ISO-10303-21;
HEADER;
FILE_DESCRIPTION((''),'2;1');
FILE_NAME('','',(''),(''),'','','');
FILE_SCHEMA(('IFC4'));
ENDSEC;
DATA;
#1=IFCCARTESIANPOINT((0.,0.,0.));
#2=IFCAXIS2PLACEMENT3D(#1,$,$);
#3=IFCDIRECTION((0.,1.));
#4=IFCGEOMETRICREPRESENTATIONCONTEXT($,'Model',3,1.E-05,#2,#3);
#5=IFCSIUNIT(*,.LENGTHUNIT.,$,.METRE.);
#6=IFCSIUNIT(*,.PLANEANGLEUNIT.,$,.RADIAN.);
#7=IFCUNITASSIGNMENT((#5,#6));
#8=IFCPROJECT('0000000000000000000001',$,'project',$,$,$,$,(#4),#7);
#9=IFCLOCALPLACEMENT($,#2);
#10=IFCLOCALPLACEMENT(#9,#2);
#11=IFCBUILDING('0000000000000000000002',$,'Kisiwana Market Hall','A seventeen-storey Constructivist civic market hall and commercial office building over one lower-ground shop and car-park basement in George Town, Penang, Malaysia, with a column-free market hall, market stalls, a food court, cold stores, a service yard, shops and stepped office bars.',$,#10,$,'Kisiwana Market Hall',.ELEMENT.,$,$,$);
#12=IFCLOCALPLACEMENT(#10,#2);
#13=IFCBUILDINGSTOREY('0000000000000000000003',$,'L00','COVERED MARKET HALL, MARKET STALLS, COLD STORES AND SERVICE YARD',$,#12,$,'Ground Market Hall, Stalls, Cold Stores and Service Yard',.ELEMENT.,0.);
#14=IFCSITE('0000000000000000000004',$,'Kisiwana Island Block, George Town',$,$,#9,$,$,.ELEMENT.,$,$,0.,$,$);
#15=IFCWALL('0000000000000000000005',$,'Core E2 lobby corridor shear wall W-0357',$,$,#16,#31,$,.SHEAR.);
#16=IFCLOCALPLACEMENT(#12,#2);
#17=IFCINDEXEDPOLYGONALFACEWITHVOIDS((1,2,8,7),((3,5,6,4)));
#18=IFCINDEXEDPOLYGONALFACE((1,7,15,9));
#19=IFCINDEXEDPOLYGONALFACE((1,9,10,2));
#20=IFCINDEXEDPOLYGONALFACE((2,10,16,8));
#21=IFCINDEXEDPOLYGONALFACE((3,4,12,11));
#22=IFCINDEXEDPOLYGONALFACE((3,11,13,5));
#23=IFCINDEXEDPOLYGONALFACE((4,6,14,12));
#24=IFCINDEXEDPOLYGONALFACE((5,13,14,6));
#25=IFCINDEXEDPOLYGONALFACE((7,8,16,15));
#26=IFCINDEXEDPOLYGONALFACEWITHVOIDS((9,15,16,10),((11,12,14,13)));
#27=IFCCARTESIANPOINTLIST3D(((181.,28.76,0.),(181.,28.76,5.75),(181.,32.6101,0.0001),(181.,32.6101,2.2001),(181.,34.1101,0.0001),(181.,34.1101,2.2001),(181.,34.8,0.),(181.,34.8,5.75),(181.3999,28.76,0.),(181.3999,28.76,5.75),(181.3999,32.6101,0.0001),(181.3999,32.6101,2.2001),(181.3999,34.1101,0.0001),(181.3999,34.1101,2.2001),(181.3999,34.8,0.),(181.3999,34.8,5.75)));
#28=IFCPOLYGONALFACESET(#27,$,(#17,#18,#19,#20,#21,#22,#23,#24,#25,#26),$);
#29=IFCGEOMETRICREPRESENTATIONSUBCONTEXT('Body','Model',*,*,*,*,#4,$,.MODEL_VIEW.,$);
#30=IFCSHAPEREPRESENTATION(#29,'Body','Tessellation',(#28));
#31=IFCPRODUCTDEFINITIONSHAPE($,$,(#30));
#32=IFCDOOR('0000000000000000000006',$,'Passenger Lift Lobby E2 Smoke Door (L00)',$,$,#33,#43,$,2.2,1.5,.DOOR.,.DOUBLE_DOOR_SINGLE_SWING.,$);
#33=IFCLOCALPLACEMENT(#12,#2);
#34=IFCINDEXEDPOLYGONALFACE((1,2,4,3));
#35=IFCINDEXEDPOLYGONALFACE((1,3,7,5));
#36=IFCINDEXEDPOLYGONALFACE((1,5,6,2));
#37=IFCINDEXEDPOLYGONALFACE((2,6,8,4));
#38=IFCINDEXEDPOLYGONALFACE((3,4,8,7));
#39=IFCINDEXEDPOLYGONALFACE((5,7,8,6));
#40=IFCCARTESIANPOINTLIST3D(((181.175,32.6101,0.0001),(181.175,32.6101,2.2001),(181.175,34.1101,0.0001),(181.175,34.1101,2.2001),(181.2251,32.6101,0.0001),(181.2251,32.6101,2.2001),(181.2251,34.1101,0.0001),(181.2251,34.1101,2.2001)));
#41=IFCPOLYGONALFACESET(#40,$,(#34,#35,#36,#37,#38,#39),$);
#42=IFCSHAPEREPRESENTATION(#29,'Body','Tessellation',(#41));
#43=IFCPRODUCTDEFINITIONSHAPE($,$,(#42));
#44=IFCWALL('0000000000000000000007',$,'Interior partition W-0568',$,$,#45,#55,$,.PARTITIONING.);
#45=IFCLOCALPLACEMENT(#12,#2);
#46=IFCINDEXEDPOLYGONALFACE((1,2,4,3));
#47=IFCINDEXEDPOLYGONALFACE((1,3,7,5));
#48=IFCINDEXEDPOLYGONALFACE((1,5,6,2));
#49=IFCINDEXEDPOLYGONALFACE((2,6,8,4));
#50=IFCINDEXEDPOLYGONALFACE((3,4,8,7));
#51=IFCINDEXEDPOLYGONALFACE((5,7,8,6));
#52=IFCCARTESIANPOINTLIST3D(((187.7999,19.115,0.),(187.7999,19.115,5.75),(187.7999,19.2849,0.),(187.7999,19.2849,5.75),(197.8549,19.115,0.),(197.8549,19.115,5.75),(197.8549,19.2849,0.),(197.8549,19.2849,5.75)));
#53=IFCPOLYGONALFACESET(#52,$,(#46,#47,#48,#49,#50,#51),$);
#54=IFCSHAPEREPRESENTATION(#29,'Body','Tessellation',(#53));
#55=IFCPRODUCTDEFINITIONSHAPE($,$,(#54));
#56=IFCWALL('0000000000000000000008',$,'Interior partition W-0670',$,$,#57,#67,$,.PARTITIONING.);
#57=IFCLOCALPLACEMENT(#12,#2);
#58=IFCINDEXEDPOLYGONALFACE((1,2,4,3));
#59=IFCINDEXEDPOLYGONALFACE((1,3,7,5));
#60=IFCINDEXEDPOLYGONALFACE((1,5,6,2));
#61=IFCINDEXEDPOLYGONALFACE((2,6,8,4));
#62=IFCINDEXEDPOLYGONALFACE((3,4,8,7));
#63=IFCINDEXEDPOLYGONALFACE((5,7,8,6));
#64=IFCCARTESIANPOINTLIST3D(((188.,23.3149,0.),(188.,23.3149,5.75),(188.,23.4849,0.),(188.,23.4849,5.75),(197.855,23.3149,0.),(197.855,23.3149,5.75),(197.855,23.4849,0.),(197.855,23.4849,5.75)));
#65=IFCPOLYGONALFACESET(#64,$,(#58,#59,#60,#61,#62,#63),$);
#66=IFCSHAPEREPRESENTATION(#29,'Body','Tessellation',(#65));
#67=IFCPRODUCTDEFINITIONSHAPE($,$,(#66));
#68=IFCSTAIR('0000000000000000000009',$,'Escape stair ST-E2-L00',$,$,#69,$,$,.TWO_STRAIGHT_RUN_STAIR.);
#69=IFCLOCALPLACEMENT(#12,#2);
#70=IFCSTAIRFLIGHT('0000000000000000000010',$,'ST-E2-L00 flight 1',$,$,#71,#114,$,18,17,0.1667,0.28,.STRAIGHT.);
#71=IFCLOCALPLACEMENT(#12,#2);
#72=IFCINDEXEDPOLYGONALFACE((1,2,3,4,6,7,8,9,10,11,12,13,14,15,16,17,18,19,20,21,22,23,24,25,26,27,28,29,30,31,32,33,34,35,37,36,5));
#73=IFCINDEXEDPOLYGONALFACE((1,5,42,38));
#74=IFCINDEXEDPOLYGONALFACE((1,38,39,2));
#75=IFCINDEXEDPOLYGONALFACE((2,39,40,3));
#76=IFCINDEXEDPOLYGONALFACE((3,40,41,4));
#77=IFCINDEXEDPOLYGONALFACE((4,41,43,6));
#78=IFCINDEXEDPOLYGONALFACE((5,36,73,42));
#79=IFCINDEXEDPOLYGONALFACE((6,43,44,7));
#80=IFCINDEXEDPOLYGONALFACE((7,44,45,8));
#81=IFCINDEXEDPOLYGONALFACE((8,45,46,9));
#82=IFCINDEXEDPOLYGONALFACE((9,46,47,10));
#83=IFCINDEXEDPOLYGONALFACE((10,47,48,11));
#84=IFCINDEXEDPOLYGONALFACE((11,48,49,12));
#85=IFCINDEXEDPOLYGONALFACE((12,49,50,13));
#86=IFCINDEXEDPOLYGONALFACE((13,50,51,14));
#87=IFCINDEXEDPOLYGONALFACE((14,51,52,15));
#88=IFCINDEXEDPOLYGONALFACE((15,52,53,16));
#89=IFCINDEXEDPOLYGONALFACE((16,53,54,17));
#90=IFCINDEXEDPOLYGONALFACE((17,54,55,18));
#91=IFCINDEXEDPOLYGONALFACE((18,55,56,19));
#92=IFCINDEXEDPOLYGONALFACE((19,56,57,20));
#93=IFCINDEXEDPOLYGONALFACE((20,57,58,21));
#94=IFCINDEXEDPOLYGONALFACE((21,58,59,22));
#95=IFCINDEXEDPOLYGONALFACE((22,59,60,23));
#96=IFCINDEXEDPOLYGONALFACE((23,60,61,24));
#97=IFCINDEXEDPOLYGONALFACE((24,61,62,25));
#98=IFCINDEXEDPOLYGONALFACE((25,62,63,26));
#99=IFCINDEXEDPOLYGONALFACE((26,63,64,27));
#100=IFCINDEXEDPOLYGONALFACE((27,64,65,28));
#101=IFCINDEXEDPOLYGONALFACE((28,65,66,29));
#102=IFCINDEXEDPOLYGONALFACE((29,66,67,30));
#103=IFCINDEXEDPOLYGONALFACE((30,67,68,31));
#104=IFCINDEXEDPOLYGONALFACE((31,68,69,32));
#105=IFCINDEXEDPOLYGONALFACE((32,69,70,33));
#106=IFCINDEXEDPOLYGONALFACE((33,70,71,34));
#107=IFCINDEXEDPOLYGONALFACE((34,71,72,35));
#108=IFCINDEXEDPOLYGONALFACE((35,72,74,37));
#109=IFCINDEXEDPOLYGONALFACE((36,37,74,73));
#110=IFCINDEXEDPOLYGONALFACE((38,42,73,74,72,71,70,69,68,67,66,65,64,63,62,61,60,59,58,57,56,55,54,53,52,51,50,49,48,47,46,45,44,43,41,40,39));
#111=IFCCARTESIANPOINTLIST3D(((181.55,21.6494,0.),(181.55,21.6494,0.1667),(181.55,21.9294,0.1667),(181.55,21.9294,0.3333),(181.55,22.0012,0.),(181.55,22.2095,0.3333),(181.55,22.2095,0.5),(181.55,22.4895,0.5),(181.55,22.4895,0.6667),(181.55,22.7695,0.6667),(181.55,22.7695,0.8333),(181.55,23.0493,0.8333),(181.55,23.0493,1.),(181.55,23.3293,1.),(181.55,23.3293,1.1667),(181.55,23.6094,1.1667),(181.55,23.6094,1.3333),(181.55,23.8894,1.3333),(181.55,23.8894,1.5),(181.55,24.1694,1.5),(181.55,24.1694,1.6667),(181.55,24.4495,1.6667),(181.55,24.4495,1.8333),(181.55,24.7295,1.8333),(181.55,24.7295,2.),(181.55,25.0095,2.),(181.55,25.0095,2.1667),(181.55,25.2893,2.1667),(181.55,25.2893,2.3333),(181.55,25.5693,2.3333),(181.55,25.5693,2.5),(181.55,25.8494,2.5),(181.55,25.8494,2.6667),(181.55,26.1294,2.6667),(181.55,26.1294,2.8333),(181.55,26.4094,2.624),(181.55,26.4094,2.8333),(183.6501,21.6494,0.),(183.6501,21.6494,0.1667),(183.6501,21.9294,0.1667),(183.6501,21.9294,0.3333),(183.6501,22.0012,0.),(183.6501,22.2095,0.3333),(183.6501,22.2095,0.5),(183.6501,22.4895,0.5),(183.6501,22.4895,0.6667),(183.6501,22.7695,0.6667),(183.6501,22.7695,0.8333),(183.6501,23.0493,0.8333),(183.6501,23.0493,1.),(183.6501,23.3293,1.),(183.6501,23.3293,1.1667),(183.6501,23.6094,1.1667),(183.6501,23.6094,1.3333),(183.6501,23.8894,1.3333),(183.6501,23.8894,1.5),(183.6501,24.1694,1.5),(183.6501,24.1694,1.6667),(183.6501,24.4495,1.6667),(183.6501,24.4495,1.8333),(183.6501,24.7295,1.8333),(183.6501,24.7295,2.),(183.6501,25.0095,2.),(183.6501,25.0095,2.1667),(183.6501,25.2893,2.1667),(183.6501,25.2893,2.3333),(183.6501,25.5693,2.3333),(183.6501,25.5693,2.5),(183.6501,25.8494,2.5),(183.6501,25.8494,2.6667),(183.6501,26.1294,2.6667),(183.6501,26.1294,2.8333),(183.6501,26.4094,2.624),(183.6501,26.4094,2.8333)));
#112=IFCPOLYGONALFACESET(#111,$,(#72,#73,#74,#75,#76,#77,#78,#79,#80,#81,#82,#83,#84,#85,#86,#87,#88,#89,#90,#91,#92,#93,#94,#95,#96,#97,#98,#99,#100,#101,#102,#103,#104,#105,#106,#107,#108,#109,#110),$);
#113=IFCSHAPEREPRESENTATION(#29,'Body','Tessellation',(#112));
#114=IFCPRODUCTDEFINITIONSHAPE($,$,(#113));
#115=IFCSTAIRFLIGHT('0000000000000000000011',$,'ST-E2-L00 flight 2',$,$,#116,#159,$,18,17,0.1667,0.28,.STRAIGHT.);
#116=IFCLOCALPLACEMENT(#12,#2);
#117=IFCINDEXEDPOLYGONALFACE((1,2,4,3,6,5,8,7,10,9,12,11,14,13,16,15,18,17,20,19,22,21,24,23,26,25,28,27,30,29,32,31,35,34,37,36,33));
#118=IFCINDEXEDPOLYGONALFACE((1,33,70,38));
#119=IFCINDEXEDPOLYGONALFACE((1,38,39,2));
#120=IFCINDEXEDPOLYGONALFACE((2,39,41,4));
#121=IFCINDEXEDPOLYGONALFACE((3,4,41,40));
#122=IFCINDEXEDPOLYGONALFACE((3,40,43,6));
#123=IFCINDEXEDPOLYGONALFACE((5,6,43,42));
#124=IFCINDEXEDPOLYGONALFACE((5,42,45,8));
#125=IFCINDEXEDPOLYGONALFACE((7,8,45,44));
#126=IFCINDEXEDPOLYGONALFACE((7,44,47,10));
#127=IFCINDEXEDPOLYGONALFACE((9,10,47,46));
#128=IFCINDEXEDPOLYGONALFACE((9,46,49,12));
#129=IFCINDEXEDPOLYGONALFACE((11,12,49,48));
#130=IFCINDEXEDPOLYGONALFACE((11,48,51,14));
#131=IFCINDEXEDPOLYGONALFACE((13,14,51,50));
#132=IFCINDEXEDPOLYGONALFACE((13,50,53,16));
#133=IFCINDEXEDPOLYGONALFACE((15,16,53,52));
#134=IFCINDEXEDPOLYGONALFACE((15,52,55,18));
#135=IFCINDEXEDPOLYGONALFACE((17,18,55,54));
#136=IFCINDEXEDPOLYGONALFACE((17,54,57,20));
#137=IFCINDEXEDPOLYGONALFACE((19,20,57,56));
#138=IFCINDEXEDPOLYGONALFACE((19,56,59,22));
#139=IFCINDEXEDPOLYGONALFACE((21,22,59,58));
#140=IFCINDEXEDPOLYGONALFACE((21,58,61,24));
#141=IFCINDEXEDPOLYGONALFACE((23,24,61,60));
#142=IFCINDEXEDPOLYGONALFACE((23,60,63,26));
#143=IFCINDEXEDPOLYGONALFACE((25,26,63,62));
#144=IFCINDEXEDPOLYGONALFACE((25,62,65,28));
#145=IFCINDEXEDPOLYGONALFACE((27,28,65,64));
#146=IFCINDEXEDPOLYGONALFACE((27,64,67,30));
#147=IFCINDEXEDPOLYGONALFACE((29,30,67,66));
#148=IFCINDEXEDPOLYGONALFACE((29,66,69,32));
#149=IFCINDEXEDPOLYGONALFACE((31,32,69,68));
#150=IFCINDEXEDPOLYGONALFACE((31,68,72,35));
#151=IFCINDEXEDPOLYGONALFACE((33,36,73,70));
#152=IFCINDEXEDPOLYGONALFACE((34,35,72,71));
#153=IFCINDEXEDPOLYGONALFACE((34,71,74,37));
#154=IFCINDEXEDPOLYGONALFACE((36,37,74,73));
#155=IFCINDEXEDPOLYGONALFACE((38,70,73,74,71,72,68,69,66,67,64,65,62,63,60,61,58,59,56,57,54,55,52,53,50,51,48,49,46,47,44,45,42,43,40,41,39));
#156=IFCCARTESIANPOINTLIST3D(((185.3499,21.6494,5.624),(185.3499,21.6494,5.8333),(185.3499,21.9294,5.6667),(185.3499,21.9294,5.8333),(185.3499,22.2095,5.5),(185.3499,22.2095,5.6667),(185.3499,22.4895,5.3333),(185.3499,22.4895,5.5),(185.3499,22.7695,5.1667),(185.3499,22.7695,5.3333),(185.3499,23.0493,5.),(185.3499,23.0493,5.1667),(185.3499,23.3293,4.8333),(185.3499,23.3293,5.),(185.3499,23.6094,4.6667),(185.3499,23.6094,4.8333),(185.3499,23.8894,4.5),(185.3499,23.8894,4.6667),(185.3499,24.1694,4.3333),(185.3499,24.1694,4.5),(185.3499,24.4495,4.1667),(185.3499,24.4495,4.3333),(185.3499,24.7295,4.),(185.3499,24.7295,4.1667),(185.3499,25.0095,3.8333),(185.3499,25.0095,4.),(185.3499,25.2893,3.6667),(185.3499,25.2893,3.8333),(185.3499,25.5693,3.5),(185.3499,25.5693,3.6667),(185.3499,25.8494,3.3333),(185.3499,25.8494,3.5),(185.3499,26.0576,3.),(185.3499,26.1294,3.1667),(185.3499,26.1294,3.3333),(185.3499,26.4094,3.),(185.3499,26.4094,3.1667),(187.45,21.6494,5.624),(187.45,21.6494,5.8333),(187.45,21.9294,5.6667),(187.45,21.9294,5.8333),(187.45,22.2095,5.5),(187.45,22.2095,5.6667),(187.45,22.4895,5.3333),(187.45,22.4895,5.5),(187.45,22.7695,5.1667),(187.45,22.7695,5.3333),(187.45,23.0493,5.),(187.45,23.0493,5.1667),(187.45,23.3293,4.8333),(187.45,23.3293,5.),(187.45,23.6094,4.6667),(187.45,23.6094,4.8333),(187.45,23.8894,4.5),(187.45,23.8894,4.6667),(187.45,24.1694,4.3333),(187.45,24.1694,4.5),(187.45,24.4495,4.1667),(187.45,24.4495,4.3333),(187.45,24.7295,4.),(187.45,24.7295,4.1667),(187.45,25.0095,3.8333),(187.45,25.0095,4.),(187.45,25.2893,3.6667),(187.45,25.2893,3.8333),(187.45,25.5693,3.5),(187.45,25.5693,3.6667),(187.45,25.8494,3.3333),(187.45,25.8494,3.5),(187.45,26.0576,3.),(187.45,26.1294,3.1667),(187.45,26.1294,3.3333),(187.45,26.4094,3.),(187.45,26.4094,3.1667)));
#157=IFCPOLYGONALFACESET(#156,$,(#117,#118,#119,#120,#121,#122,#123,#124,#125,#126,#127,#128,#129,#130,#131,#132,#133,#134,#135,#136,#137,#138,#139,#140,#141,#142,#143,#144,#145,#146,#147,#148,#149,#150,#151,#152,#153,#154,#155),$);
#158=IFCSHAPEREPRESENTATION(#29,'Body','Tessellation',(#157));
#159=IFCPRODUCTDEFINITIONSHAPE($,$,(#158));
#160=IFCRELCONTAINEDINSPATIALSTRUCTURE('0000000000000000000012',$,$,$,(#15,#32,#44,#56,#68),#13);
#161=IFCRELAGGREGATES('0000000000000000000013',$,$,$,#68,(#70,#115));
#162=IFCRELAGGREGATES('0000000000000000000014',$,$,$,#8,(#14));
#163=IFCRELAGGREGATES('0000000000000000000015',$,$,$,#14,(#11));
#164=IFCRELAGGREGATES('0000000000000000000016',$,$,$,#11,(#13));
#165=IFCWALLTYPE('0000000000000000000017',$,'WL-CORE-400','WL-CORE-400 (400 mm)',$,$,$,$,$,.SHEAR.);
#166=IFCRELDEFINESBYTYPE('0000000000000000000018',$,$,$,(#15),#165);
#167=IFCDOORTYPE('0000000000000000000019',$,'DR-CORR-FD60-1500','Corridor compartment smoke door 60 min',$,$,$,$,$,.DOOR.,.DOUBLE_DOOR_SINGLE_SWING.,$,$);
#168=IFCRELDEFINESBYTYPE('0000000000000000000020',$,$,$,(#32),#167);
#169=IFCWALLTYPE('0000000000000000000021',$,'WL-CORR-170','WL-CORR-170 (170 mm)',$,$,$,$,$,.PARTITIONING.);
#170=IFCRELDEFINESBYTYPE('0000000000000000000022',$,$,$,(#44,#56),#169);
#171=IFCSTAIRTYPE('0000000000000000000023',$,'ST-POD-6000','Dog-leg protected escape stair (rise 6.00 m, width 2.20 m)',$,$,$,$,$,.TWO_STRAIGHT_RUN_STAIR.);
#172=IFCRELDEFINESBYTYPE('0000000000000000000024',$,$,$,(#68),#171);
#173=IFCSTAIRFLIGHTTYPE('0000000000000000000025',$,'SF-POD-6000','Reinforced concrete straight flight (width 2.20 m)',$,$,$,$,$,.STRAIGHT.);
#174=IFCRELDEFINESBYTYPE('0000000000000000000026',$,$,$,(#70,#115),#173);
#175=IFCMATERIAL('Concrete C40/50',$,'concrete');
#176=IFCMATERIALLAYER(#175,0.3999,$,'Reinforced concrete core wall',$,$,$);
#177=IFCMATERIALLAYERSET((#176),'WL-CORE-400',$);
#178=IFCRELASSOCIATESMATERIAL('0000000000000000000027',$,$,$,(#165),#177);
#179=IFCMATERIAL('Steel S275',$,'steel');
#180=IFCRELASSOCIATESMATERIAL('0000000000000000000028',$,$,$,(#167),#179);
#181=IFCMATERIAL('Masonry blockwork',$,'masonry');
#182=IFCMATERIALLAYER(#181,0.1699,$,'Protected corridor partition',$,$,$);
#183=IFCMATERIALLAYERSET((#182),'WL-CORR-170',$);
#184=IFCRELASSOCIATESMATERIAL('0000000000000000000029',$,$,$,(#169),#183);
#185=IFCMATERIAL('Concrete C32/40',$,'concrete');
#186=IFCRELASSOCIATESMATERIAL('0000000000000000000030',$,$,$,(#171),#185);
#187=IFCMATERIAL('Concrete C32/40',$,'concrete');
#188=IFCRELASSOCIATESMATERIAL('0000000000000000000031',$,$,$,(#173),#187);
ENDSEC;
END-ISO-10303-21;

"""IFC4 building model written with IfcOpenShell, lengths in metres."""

from ifc_helpers import new_model, si_unit, direction, frame, frame_2d, origin, place, context, subcontext, project, spatial, polyline, rectangle, outline, extrude, material, layer, layer_set, type_object, element, fill, aggregate, save


model = new_model("IFC4")

# Units and contexts
model_context = context("Model", 3, precision=1e-05, world=origin(), true_north=direction((0.0, 1.0)))
body_context = subcontext(model_context, "Body", "Model", "MODEL_VIEW")
ifc_project = project(units=[si_unit("LENGTHUNIT", "METRE"), si_unit("PLANEANGLEUNIT", "RADIAN")], contexts=[model_context])

# Site, building, storey
site_placement = place(None, origin())
site = spatial("IfcSite", under=ifc_project, at=site_placement, Name="Kisiwana Island Block, George Town", CompositionType="ELEMENT", RefElevation=0.0)
building_placement = place(site_placement, origin())
building = spatial("IfcBuilding", under=site, at=building_placement, Name="Kisiwana Market Hall", Description="A seventeen-storey Constructivist civic market hall and commercial office building over one lower-ground shop and car-park basement in George Town, Penang, Malaysia, with a column-free market hall, market stalls, a food court, cold stores, a service yard, shops and stepped office bars.", LongName="Kisiwana Market Hall", CompositionType="ELEMENT")
storey_placement = place(building_placement, origin())
storey = spatial("IfcBuildingStorey", under=building, at=storey_placement, Name="L00", Description="COVERED MARKET HALL, MARKET STALLS, COLD STORES AND SERVICE YARD", LongName="Ground Market Hall, Stalls, Cold Stores and Service Yard", CompositionType="ELEMENT", Elevation=0.0)

# Shared definitions
ifc_material_1 = material(Name="Concrete C40/50", Category="concrete")
ifc_layer_1 = layer(ifc_material_1, 0.3999, Name="Reinforced concrete core wall")
ifc_layer_set_1 = layer_set([ifc_layer_1], Name="WL-CORE-400")
wall_type_1 = type_object("IfcWallType", Name="WL-CORE-400", Description="WL-CORE-400 (400 mm)", PredefinedType="SHEAR", material=ifc_layer_set_1)

# Wall, opening, door
wall_1_placement = place(storey_placement, frame((181.2, 28.76, 0.0), z_axis=(0.0, 0.0, 1.0), x_axis=(0.0, 1.0, 0.0)))
wall_1 = element("IfcWall", 1, at=wall_1_placement, inside=storey, type_object=wall_type_1, Name="Core E2 lobby corridor shear wall W-0357", PredefinedType="SHEAR", context=body_context, shape_type="SweptSolid", body=[
    extrude(rectangle(XDim=6.04, YDim=0.3999, at=frame_2d((3.02, 0.0))), origin(), (0.0, 0.0, 1.0), 5.75),
])
opening_1_placement = place(wall_1_placement, frame((3.8501, 0.0, 0.0)))
opening_1 = element("IfcOpeningElement", 2, at=opening_1_placement, cuts=wall_1, PredefinedType="OPENING", context=body_context, shape_type="SweptSolid", body=[
    extrude(rectangle(XDim=1.5, YDim=2.2, at=frame_2d((0.75, 1.1001))), frame((0.0, 0.2119, 0.0), z_axis=(0.0, -1.0, 0.0), x_axis=(1.0, 0.0, 0.0)), (0.0, 0.0, 1.0), 0.4238),
])
ifc_material_2 = material(Name="Steel S275", Category="steel")
door_type_1 = type_object("IfcDoorType", Name="DR-CORR-FD60-1500", Description="Corridor compartment smoke door 60 min", OperationType="DOUBLE_DOOR_SINGLE_SWING", PredefinedType="DOOR", material=ifc_material_2)
door_1_placement = place(opening_1_placement, origin())
door_1 = element("IfcDoor", 3, at=door_1_placement, inside=storey, type_object=door_type_1, Name="Passenger Lift Lobby E2 Smoke Door (L00)", OperationType="DOUBLE_DOOR_SINGLE_SWING", OverallHeight=2.2, OverallWidth=1.5, PredefinedType="DOOR", context=body_context, shape_type="SweptSolid", body=[
    extrude(rectangle(XDim=1.5, YDim=2.2, at=frame_2d((0.75, 1.1001))), frame((0.0, 0.0249, 0.0), z_axis=(0.0, -1.0, 0.0), x_axis=(1.0, 0.0, 0.0)), (0.0, 0.0, 1.0), 0.05),
])
fill(opening_1, door_1)

# Walls
ifc_material_3 = material(Name="Masonry blockwork", Category="masonry")
ifc_layer_2 = layer(ifc_material_3, 0.1699, Name="Protected corridor partition")
ifc_layer_set_2 = layer_set([ifc_layer_2], Name="WL-CORR-170")
wall_type_2 = type_object("IfcWallType", Name="WL-CORR-170", Description="WL-CORR-170 (170 mm)", PredefinedType="PARTITIONING", material=ifc_layer_set_2)
wall_2_placement = place(storey_placement, frame((187.8, 19.2, 0.0), z_axis=(0.0, 0.0, 1.0), x_axis=(1.0, 0.0, 0.0)))
element("IfcWall", 4, at=wall_2_placement, inside=storey, type_object=wall_type_2, Name="Interior partition W-0568", PredefinedType="PARTITIONING", context=body_context, shape_type="SweptSolid", body=[
    extrude(rectangle(XDim=10.0549, YDim=0.1699, at=frame_2d((5.0273, 0.0))), origin(), (0.0, 0.0, 1.0), 5.75),
])
wall_3_placement = place(storey_placement, frame((188.0, 23.3999, 0.0), z_axis=(0.0, 0.0, 1.0), x_axis=(1.0, 0.0, 0.0)))
element("IfcWall", 5, at=wall_3_placement, inside=storey, type_object=wall_type_2, Name="Interior partition W-0670", PredefinedType="PARTITIONING", context=body_context, shape_type="SweptSolid", body=[
    extrude(rectangle(XDim=9.855, YDim=0.1699, at=frame_2d((4.9275, 0.0))), origin(), (0.0, 0.0, 1.0), 5.75),
])

# Stair, stair flights
ifc_material_4 = material(Name="Concrete C32/40", Category="concrete")
stair_type = type_object("IfcStairType", Name="ST-POD-6000", Description="Dog-leg protected escape stair (rise 6.00 m, width 2.20 m)", PredefinedType="TWO_STRAIGHT_RUN_STAIR", material=ifc_material_4)
stair_placement = place(storey_placement, origin())
stair = element("IfcStair", 6, at=stair_placement, inside=storey, type_object=stair_type, Name="Escape stair ST-E2-L00", PredefinedType="TWO_STRAIGHT_RUN_STAIR")
ifc_material_5 = material(Name="Concrete C32/40", Category="concrete")
stair_flight_type = type_object("IfcStairFlightType", Name="SF-POD-6000", Description="Reinforced concrete straight flight (width 2.20 m)", PredefinedType="STRAIGHT", material=ifc_material_5)
stair_flight_1_placement = place(storey_placement, frame((182.6001, 21.6494, 0.0), z_axis=(0.0, 0.0, 1.0), x_axis=(0.0, 1.0, 0.0)))
stair_flight_1 = element("IfcStairFlight", 7, at=stair_flight_1_placement, type_object=stair_flight_type, Name="ST-E2-L00 flight 1", NumberOfRisers=18, NumberOfTreads=17, PredefinedType="STRAIGHT", RiserHeight=0.1667, TreadLength=0.28, context=body_context, shape_type="SweptSolid", body=[
    extrude(outline(polyline([(0.0, 0.0), (0.0, 0.1667), (0.28, 0.1667), (0.28, 0.3333), (0.5601, 0.3333), (0.5601, 0.5), (0.8401, 0.5), (0.8401, 0.6667), (1.1201, 0.6667), (1.1201, 0.8333), (1.3999, 0.8333), (1.3999, 1.0), (1.6799, 1.0), (1.6799, 1.1667), (1.96, 1.1667), (1.96, 1.3333), (2.24, 1.3333), (2.24, 1.5), (2.52, 1.5), (2.52, 1.6667), (2.8, 1.6667), (2.8, 1.8333), (3.0801, 1.8333), (3.0801, 2.0), (3.3601, 2.0), (3.3601, 2.1667), (3.6399, 2.1667), (3.6399, 2.3333), (3.9199, 2.3333), (3.9199, 2.5), (4.2, 2.5), (4.2, 2.6667), (4.48, 2.6667), (4.48, 2.8333), (4.76, 2.8333), (4.76, 3.0), (4.76, 2.624), (0.3518, 0.0), (0.0, 0.0)])), frame((0.0, 1.05, 0.0), z_axis=(0.0, -1.0, 0.0), x_axis=(1.0, 0.0, 0.0)), (0.0, 0.0, 1.0), 2.1001),
])
stair_flight_2_placement = place(storey_placement, frame((186.3999, 26.4094, 3.0), z_axis=(0.0, 0.0, 1.0), x_axis=(0.0, -1.0, 0.0)))
stair_flight_2 = element("IfcStairFlight", 8, at=stair_flight_2_placement, type_object=stair_flight_type, Name="ST-E2-L00 flight 2", NumberOfRisers=18, NumberOfTreads=17, PredefinedType="STRAIGHT", RiserHeight=0.1667, TreadLength=0.28, context=body_context, shape_type="SweptSolid", body=[
    extrude(outline(polyline([(0.0, 0.0), (0.0, 0.1667), (0.28, 0.1667), (0.28, 0.3333), (0.5601, 0.3333), (0.5601, 0.5), (0.8401, 0.5), (0.8401, 0.6667), (1.1201, 0.6667), (1.1201, 0.8333), (1.3999, 0.8333), (1.3999, 1.0), (1.6799, 1.0), (1.6799, 1.1667), (1.96, 1.1667), (1.96, 1.3333), (2.24, 1.3333), (2.24, 1.5), (2.52, 1.5), (2.52, 1.6667), (2.8, 1.6667), (2.8, 1.8333), (3.0801, 1.8333), (3.0801, 2.0), (3.3601, 2.0), (3.3601, 2.1667), (3.6399, 2.1667), (3.6399, 2.3333), (3.9199, 2.3333), (3.9199, 2.5), (4.2, 2.5), (4.2, 2.6667), (4.48, 2.6667), (4.48, 2.8333), (4.76, 2.8333), (4.76, 3.0), (4.76, 2.624), (0.3518, 0.0), (0.0, 0.0)])), frame((0.0, 1.05, 0.0), z_axis=(0.0, -1.0, 0.0), x_axis=(1.0, 0.0, 0.0)), (0.0, 0.0, 1.0), 2.1001),
])
aggregate(stair, [stair_flight_1, stair_flight_2])

save(model, "model.ifc")
